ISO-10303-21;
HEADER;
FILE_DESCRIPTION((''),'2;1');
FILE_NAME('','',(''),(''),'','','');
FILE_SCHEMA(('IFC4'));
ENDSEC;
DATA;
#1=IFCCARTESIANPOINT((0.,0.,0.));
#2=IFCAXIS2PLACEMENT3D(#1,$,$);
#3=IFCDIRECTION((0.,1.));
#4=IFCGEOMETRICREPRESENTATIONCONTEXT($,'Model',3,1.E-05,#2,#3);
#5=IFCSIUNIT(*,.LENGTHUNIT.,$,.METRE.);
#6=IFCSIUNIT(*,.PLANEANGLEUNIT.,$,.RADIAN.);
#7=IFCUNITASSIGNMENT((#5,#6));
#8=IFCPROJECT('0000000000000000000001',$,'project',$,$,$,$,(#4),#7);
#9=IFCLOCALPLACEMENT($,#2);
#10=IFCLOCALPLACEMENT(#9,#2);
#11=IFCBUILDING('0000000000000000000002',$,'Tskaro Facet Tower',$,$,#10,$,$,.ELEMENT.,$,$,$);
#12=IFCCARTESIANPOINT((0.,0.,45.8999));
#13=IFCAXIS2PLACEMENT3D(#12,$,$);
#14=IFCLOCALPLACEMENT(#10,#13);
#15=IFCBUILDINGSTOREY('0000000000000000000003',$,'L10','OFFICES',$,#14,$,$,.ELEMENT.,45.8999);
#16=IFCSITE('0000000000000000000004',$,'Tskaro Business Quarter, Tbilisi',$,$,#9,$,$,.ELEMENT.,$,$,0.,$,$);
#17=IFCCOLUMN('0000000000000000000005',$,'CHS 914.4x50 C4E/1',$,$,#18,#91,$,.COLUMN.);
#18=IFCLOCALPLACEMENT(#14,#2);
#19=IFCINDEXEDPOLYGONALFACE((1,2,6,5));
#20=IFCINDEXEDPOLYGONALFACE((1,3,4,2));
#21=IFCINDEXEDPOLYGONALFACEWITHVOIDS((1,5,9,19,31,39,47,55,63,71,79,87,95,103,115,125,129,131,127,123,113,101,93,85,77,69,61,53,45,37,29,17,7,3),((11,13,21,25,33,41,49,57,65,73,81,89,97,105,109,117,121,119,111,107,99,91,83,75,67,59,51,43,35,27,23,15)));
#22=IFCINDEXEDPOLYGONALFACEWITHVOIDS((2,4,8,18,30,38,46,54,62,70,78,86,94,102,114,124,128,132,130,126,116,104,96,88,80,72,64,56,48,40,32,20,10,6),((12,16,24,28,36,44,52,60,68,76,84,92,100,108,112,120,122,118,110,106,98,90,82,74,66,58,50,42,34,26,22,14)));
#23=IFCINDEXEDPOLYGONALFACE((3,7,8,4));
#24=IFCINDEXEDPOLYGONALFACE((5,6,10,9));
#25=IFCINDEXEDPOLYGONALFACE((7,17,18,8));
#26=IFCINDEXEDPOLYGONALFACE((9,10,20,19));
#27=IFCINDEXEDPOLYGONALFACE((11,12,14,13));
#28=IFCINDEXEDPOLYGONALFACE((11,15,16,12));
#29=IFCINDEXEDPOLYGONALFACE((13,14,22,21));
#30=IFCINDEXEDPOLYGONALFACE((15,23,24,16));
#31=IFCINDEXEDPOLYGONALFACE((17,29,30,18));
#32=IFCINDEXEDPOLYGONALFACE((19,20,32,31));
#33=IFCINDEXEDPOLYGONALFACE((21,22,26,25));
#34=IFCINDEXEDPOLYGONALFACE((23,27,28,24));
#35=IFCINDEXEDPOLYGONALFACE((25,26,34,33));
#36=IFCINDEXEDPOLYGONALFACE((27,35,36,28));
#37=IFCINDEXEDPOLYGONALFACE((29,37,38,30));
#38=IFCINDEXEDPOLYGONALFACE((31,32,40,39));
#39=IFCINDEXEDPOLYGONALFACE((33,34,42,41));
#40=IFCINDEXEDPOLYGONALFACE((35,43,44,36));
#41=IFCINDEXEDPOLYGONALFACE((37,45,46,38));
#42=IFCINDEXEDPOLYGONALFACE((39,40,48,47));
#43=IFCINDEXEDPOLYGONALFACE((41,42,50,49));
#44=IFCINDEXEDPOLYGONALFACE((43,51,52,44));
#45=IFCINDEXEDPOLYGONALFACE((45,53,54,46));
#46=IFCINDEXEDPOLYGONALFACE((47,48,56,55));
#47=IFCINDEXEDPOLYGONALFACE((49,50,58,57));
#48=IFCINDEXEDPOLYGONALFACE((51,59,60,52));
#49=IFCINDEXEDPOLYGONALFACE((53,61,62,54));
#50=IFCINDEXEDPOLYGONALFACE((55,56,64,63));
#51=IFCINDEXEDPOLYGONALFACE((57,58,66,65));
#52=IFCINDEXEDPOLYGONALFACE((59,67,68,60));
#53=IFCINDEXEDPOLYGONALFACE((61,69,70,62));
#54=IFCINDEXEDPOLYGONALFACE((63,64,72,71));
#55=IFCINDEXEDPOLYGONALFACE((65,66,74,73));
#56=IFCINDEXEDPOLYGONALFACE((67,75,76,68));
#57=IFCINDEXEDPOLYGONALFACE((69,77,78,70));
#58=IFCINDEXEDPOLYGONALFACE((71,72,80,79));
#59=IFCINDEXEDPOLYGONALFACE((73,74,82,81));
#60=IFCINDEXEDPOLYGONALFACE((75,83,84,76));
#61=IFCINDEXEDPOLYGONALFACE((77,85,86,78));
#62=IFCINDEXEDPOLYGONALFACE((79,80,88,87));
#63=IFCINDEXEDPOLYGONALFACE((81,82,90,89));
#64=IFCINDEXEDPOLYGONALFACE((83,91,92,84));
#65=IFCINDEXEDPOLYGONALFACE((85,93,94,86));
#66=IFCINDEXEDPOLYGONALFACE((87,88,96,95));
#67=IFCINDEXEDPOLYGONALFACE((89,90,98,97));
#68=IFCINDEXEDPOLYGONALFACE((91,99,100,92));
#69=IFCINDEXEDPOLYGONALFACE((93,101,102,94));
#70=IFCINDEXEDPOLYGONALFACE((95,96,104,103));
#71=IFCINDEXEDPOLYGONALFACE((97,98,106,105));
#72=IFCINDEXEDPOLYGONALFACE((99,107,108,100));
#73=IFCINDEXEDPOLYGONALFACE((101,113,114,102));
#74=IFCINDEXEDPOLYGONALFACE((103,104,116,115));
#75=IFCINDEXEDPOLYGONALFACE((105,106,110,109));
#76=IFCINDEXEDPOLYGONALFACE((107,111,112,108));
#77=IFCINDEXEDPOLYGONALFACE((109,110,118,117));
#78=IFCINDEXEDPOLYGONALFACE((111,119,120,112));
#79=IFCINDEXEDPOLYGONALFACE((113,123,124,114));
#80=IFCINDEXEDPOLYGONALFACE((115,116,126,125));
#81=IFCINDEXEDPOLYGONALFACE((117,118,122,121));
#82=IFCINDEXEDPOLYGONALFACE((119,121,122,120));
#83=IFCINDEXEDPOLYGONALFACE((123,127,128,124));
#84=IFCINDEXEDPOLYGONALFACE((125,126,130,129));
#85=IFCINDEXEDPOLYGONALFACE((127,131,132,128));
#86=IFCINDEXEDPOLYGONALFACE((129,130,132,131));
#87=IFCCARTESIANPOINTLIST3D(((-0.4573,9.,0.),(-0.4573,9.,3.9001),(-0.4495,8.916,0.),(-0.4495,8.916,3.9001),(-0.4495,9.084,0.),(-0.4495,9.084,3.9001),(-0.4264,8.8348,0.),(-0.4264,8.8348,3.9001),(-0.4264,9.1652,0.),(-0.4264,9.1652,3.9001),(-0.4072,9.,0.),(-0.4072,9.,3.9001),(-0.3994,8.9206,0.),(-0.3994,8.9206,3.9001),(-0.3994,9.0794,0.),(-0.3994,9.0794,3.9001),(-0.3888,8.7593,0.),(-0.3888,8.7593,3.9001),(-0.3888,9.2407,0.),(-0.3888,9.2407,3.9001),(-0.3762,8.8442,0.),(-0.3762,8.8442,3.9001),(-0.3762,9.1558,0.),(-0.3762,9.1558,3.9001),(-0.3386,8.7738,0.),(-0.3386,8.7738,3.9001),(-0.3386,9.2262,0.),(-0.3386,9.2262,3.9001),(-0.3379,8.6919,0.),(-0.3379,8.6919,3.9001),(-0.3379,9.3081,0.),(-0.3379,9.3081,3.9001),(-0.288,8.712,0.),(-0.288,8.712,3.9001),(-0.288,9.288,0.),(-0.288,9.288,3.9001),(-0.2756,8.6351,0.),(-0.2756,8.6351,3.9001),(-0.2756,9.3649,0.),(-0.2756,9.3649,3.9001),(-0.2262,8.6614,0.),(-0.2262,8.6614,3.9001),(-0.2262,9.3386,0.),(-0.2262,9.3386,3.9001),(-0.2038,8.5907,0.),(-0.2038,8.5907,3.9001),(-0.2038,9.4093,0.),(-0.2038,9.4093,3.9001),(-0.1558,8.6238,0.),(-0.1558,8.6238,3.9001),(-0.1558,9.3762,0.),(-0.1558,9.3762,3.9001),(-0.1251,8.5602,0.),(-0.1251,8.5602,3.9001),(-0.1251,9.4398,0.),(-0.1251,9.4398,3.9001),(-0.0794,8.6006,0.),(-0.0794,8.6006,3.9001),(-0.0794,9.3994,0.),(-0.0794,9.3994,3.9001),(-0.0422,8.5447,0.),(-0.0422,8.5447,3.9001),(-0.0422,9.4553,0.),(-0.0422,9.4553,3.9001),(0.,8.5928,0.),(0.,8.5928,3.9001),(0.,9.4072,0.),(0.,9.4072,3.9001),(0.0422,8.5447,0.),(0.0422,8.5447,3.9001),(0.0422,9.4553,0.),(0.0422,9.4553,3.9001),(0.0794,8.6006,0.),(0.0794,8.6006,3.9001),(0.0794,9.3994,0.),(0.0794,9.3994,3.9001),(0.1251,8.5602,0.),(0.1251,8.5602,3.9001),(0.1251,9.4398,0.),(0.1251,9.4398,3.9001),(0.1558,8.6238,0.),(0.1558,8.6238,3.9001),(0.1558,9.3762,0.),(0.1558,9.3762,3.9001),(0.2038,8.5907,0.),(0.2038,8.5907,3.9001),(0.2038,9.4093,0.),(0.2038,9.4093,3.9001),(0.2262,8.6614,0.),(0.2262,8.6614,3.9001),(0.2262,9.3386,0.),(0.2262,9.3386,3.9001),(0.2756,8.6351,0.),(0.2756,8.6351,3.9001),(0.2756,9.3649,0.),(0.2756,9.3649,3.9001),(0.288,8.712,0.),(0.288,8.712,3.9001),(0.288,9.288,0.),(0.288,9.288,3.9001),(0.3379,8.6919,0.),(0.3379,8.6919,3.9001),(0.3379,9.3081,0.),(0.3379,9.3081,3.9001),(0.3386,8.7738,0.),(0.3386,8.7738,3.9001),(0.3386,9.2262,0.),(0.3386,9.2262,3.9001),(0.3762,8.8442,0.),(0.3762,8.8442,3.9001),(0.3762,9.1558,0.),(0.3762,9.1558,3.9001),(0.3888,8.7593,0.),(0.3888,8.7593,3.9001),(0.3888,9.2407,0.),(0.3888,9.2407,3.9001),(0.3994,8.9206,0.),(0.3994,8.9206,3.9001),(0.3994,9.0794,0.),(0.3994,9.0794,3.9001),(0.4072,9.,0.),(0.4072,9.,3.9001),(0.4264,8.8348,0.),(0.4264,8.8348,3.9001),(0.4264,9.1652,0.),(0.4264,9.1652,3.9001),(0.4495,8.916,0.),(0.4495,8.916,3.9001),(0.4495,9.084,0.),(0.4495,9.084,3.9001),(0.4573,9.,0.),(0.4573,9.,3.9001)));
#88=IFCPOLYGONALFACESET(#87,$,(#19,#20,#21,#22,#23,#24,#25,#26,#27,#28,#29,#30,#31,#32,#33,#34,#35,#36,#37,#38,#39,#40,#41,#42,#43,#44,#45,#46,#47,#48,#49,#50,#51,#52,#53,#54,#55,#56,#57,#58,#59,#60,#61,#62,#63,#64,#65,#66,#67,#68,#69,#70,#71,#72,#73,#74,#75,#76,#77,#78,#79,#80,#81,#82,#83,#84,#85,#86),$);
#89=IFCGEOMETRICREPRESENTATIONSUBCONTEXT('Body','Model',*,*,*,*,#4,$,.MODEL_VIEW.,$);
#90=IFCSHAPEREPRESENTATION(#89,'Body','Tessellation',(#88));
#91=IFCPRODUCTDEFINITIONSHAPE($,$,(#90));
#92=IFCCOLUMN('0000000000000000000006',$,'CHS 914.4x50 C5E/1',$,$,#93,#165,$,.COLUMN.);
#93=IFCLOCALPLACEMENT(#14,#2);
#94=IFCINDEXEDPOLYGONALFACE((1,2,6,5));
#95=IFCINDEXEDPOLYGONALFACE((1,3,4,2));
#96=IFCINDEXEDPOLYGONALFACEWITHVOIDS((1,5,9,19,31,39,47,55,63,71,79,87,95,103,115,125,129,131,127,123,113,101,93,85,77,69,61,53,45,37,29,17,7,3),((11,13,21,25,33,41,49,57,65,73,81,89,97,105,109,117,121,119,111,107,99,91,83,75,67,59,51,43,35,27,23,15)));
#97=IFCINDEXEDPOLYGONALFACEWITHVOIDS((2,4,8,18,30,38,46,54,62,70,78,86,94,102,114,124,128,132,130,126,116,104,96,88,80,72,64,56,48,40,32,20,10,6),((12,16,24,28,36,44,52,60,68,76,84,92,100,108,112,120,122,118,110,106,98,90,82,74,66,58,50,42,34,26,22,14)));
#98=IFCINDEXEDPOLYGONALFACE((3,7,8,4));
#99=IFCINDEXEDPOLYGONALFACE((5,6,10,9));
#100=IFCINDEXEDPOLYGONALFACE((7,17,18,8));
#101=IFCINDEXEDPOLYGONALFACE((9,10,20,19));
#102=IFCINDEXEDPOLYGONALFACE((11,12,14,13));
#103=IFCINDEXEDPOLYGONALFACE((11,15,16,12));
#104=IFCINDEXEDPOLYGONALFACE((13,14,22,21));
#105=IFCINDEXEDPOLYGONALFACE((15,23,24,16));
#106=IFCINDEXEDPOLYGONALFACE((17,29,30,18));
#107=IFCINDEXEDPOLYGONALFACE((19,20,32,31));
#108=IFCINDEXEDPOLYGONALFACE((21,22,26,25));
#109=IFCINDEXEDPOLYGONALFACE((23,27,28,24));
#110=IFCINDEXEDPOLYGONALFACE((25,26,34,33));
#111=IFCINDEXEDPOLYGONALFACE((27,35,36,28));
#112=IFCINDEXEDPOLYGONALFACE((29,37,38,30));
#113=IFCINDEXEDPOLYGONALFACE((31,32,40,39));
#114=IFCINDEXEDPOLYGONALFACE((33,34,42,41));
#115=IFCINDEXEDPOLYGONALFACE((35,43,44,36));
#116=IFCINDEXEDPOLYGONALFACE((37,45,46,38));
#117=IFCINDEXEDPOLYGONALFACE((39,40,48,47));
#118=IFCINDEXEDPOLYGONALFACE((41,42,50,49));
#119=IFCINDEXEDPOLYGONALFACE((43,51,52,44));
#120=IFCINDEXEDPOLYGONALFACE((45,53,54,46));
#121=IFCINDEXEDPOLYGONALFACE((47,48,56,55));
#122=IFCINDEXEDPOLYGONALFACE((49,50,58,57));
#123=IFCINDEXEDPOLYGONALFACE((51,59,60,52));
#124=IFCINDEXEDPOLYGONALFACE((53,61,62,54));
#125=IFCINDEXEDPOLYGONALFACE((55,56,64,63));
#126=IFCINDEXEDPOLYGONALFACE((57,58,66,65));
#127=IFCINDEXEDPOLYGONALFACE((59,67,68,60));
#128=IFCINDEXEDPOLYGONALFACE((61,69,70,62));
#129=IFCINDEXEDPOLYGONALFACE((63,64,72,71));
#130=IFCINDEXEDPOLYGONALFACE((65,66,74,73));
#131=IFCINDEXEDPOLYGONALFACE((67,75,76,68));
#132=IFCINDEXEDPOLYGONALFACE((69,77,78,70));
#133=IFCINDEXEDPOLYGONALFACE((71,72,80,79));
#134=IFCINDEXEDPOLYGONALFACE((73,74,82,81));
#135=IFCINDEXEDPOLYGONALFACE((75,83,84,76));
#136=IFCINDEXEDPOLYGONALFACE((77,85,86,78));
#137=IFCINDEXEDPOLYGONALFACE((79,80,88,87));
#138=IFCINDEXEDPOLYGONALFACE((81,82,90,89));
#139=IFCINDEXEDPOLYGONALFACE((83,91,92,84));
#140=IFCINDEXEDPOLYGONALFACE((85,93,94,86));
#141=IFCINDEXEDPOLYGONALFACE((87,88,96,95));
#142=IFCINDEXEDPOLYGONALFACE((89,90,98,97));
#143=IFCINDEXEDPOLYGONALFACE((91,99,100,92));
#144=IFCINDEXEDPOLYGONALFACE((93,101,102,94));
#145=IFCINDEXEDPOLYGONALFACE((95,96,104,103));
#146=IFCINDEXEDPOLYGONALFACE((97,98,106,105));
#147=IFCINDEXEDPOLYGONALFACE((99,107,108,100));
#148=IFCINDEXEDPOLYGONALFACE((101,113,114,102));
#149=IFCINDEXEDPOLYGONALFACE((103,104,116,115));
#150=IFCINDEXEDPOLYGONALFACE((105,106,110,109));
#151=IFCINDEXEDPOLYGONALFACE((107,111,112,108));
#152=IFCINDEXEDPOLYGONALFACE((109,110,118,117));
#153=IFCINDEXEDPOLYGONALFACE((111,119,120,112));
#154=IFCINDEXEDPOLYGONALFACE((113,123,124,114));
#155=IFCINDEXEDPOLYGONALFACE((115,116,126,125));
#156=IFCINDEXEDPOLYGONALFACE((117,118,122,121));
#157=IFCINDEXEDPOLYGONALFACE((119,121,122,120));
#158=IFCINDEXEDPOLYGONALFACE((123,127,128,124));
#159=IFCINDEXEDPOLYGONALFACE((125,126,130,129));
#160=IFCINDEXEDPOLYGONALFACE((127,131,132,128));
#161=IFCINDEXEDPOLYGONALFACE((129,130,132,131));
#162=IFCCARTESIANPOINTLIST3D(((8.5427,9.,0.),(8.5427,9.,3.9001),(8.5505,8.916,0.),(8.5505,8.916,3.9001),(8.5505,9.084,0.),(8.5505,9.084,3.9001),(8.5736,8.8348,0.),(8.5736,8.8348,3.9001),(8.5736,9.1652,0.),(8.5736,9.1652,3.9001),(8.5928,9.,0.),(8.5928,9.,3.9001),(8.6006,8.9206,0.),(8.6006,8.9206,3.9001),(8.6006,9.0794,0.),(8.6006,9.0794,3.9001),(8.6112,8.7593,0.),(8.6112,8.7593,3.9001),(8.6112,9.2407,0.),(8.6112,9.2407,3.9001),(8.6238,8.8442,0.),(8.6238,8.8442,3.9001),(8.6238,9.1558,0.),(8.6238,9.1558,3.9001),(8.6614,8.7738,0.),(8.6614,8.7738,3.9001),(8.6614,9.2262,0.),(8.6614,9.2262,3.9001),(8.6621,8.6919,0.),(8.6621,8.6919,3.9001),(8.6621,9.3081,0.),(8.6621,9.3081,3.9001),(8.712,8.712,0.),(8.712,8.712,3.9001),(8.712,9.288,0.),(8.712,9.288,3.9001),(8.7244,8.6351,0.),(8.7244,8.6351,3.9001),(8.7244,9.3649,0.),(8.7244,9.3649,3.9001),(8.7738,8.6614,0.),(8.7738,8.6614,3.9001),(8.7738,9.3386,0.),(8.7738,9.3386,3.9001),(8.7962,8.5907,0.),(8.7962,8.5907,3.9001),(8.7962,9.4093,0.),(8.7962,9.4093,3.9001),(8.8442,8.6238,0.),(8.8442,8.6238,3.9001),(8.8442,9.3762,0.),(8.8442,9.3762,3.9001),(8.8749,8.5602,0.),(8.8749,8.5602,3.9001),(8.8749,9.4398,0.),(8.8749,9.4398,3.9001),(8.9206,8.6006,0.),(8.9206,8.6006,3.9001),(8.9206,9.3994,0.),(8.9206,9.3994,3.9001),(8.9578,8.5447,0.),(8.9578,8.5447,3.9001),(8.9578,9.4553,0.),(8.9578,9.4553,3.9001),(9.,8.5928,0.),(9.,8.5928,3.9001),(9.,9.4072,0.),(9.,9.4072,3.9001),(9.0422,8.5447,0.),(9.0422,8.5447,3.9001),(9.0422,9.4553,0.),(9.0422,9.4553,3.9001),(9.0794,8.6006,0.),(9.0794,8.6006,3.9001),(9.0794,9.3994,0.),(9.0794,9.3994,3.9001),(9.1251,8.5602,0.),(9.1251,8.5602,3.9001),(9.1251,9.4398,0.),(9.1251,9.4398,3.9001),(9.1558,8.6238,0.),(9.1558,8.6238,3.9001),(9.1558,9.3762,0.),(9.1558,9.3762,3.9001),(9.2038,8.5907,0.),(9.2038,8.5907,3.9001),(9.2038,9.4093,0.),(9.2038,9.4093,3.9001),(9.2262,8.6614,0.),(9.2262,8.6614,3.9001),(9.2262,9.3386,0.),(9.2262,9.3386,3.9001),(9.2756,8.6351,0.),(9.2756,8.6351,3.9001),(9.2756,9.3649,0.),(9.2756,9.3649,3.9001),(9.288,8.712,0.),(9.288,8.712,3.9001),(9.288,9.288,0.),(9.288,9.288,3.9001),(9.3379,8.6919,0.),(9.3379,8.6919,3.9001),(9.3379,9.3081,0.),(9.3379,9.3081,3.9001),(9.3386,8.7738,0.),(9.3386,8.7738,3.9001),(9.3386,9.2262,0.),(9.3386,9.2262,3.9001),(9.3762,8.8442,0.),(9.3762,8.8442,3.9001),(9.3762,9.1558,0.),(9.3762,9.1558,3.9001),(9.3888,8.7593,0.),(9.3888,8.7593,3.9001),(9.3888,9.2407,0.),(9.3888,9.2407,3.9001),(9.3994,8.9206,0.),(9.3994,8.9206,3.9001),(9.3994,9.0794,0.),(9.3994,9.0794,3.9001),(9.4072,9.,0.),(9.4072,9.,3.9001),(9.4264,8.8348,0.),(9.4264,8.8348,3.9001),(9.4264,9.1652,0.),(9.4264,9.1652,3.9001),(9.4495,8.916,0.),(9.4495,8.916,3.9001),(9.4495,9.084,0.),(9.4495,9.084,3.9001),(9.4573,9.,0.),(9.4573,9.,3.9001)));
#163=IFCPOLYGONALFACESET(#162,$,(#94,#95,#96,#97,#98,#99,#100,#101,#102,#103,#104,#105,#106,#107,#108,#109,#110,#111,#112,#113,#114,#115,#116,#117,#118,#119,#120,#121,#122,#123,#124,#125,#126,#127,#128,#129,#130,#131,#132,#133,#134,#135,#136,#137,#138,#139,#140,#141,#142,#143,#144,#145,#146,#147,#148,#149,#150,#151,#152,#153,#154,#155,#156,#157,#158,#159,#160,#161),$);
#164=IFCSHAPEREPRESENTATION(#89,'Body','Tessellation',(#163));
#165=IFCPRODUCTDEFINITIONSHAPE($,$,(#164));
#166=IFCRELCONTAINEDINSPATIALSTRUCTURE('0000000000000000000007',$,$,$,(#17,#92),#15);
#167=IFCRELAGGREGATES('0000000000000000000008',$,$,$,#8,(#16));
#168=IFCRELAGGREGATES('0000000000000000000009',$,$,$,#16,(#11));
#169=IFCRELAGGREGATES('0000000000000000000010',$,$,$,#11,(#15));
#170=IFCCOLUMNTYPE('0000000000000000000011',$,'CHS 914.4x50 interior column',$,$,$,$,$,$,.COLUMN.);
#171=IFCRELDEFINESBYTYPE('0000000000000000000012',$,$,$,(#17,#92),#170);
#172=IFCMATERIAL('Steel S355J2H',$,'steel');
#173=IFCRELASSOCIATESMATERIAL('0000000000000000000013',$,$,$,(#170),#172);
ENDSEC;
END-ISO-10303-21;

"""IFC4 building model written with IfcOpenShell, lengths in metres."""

from ifc_helpers import new_model, si_unit, direction, frame, origin, origin_2d, place, context, subcontext, project, spatial, hollow_circle, extrude, material, material_profile, profile_set, type_object, element, save


model = new_model("IFC4")

# Units and contexts
model_context = context("Model", 3, precision=1e-05, world=origin(), true_north=direction((0.0, 1.0)))
body_context = subcontext(model_context, "Body", "Model", "MODEL_VIEW")
ifc_project = project(units=[si_unit("LENGTHUNIT", "METRE"), si_unit("PLANEANGLEUNIT", "RADIAN")], contexts=[model_context])

# Site, building, storey
site_placement = place(None, origin())
site = spatial("IfcSite", under=ifc_project, at=site_placement, Name="Tskaro Business Quarter, Tbilisi", CompositionType="ELEMENT", RefElevation=0.0)
building_placement = place(site_placement, origin())
building = spatial("IfcBuilding", under=site, at=building_placement, Name="Tskaro Facet Tower", CompositionType="ELEMENT")
storey_placement = place(building_placement, frame((0.0, 0.0, 45.8999)))
storey = spatial("IfcBuildingStorey", under=building, at=storey_placement, Name="L10", Description="OFFICES", CompositionType="ELEMENT", Elevation=45.8999)

# Columns
ifc_material_1 = material(Name="Steel S355J2H", Category="steel")
ifc_material_profile_1 = material_profile(ifc_material_1, hollow_circle(Radius=0.4573, WallThickness=0.05, at=origin_2d()), Name="CHS 914.4x50")
ifc_profile_set_1 = profile_set([ifc_material_profile_1], Name="Steel S355J2H")
column_type = type_object("IfcColumnType", Name="CHS 914.4x50 interior column", PredefinedType="COLUMN", material=ifc_profile_set_1)
for number, where, z_axis, x_axis, name in (
    (1, (0.0, 9.0, 0.0), (0.0, 0.0, 1.0), (1.0, 0.0, 0.0), "CHS 914.4x50 C4E/1"),
    (2, (9.0, 9.0, 0.0), (0.0, 0.0, 1.0), (1.0, 0.0, 0.0), "CHS 914.4x50 C5E/1"),
):
    element("IfcColumn", number, at=place(storey_placement, frame(where, z_axis=z_axis, x_axis=x_axis)), inside=storey, type_object=column_type, Name=name, PredefinedType="COLUMN", context=body_context, shape_type="SweptSolid", body=[
        extrude(hollow_circle(Radius=0.4573, WallThickness=0.05, at=origin_2d()), origin(), (0.0, 0.0, 1.0), 3.9001),
    ])

save(model, "model.ifc")
